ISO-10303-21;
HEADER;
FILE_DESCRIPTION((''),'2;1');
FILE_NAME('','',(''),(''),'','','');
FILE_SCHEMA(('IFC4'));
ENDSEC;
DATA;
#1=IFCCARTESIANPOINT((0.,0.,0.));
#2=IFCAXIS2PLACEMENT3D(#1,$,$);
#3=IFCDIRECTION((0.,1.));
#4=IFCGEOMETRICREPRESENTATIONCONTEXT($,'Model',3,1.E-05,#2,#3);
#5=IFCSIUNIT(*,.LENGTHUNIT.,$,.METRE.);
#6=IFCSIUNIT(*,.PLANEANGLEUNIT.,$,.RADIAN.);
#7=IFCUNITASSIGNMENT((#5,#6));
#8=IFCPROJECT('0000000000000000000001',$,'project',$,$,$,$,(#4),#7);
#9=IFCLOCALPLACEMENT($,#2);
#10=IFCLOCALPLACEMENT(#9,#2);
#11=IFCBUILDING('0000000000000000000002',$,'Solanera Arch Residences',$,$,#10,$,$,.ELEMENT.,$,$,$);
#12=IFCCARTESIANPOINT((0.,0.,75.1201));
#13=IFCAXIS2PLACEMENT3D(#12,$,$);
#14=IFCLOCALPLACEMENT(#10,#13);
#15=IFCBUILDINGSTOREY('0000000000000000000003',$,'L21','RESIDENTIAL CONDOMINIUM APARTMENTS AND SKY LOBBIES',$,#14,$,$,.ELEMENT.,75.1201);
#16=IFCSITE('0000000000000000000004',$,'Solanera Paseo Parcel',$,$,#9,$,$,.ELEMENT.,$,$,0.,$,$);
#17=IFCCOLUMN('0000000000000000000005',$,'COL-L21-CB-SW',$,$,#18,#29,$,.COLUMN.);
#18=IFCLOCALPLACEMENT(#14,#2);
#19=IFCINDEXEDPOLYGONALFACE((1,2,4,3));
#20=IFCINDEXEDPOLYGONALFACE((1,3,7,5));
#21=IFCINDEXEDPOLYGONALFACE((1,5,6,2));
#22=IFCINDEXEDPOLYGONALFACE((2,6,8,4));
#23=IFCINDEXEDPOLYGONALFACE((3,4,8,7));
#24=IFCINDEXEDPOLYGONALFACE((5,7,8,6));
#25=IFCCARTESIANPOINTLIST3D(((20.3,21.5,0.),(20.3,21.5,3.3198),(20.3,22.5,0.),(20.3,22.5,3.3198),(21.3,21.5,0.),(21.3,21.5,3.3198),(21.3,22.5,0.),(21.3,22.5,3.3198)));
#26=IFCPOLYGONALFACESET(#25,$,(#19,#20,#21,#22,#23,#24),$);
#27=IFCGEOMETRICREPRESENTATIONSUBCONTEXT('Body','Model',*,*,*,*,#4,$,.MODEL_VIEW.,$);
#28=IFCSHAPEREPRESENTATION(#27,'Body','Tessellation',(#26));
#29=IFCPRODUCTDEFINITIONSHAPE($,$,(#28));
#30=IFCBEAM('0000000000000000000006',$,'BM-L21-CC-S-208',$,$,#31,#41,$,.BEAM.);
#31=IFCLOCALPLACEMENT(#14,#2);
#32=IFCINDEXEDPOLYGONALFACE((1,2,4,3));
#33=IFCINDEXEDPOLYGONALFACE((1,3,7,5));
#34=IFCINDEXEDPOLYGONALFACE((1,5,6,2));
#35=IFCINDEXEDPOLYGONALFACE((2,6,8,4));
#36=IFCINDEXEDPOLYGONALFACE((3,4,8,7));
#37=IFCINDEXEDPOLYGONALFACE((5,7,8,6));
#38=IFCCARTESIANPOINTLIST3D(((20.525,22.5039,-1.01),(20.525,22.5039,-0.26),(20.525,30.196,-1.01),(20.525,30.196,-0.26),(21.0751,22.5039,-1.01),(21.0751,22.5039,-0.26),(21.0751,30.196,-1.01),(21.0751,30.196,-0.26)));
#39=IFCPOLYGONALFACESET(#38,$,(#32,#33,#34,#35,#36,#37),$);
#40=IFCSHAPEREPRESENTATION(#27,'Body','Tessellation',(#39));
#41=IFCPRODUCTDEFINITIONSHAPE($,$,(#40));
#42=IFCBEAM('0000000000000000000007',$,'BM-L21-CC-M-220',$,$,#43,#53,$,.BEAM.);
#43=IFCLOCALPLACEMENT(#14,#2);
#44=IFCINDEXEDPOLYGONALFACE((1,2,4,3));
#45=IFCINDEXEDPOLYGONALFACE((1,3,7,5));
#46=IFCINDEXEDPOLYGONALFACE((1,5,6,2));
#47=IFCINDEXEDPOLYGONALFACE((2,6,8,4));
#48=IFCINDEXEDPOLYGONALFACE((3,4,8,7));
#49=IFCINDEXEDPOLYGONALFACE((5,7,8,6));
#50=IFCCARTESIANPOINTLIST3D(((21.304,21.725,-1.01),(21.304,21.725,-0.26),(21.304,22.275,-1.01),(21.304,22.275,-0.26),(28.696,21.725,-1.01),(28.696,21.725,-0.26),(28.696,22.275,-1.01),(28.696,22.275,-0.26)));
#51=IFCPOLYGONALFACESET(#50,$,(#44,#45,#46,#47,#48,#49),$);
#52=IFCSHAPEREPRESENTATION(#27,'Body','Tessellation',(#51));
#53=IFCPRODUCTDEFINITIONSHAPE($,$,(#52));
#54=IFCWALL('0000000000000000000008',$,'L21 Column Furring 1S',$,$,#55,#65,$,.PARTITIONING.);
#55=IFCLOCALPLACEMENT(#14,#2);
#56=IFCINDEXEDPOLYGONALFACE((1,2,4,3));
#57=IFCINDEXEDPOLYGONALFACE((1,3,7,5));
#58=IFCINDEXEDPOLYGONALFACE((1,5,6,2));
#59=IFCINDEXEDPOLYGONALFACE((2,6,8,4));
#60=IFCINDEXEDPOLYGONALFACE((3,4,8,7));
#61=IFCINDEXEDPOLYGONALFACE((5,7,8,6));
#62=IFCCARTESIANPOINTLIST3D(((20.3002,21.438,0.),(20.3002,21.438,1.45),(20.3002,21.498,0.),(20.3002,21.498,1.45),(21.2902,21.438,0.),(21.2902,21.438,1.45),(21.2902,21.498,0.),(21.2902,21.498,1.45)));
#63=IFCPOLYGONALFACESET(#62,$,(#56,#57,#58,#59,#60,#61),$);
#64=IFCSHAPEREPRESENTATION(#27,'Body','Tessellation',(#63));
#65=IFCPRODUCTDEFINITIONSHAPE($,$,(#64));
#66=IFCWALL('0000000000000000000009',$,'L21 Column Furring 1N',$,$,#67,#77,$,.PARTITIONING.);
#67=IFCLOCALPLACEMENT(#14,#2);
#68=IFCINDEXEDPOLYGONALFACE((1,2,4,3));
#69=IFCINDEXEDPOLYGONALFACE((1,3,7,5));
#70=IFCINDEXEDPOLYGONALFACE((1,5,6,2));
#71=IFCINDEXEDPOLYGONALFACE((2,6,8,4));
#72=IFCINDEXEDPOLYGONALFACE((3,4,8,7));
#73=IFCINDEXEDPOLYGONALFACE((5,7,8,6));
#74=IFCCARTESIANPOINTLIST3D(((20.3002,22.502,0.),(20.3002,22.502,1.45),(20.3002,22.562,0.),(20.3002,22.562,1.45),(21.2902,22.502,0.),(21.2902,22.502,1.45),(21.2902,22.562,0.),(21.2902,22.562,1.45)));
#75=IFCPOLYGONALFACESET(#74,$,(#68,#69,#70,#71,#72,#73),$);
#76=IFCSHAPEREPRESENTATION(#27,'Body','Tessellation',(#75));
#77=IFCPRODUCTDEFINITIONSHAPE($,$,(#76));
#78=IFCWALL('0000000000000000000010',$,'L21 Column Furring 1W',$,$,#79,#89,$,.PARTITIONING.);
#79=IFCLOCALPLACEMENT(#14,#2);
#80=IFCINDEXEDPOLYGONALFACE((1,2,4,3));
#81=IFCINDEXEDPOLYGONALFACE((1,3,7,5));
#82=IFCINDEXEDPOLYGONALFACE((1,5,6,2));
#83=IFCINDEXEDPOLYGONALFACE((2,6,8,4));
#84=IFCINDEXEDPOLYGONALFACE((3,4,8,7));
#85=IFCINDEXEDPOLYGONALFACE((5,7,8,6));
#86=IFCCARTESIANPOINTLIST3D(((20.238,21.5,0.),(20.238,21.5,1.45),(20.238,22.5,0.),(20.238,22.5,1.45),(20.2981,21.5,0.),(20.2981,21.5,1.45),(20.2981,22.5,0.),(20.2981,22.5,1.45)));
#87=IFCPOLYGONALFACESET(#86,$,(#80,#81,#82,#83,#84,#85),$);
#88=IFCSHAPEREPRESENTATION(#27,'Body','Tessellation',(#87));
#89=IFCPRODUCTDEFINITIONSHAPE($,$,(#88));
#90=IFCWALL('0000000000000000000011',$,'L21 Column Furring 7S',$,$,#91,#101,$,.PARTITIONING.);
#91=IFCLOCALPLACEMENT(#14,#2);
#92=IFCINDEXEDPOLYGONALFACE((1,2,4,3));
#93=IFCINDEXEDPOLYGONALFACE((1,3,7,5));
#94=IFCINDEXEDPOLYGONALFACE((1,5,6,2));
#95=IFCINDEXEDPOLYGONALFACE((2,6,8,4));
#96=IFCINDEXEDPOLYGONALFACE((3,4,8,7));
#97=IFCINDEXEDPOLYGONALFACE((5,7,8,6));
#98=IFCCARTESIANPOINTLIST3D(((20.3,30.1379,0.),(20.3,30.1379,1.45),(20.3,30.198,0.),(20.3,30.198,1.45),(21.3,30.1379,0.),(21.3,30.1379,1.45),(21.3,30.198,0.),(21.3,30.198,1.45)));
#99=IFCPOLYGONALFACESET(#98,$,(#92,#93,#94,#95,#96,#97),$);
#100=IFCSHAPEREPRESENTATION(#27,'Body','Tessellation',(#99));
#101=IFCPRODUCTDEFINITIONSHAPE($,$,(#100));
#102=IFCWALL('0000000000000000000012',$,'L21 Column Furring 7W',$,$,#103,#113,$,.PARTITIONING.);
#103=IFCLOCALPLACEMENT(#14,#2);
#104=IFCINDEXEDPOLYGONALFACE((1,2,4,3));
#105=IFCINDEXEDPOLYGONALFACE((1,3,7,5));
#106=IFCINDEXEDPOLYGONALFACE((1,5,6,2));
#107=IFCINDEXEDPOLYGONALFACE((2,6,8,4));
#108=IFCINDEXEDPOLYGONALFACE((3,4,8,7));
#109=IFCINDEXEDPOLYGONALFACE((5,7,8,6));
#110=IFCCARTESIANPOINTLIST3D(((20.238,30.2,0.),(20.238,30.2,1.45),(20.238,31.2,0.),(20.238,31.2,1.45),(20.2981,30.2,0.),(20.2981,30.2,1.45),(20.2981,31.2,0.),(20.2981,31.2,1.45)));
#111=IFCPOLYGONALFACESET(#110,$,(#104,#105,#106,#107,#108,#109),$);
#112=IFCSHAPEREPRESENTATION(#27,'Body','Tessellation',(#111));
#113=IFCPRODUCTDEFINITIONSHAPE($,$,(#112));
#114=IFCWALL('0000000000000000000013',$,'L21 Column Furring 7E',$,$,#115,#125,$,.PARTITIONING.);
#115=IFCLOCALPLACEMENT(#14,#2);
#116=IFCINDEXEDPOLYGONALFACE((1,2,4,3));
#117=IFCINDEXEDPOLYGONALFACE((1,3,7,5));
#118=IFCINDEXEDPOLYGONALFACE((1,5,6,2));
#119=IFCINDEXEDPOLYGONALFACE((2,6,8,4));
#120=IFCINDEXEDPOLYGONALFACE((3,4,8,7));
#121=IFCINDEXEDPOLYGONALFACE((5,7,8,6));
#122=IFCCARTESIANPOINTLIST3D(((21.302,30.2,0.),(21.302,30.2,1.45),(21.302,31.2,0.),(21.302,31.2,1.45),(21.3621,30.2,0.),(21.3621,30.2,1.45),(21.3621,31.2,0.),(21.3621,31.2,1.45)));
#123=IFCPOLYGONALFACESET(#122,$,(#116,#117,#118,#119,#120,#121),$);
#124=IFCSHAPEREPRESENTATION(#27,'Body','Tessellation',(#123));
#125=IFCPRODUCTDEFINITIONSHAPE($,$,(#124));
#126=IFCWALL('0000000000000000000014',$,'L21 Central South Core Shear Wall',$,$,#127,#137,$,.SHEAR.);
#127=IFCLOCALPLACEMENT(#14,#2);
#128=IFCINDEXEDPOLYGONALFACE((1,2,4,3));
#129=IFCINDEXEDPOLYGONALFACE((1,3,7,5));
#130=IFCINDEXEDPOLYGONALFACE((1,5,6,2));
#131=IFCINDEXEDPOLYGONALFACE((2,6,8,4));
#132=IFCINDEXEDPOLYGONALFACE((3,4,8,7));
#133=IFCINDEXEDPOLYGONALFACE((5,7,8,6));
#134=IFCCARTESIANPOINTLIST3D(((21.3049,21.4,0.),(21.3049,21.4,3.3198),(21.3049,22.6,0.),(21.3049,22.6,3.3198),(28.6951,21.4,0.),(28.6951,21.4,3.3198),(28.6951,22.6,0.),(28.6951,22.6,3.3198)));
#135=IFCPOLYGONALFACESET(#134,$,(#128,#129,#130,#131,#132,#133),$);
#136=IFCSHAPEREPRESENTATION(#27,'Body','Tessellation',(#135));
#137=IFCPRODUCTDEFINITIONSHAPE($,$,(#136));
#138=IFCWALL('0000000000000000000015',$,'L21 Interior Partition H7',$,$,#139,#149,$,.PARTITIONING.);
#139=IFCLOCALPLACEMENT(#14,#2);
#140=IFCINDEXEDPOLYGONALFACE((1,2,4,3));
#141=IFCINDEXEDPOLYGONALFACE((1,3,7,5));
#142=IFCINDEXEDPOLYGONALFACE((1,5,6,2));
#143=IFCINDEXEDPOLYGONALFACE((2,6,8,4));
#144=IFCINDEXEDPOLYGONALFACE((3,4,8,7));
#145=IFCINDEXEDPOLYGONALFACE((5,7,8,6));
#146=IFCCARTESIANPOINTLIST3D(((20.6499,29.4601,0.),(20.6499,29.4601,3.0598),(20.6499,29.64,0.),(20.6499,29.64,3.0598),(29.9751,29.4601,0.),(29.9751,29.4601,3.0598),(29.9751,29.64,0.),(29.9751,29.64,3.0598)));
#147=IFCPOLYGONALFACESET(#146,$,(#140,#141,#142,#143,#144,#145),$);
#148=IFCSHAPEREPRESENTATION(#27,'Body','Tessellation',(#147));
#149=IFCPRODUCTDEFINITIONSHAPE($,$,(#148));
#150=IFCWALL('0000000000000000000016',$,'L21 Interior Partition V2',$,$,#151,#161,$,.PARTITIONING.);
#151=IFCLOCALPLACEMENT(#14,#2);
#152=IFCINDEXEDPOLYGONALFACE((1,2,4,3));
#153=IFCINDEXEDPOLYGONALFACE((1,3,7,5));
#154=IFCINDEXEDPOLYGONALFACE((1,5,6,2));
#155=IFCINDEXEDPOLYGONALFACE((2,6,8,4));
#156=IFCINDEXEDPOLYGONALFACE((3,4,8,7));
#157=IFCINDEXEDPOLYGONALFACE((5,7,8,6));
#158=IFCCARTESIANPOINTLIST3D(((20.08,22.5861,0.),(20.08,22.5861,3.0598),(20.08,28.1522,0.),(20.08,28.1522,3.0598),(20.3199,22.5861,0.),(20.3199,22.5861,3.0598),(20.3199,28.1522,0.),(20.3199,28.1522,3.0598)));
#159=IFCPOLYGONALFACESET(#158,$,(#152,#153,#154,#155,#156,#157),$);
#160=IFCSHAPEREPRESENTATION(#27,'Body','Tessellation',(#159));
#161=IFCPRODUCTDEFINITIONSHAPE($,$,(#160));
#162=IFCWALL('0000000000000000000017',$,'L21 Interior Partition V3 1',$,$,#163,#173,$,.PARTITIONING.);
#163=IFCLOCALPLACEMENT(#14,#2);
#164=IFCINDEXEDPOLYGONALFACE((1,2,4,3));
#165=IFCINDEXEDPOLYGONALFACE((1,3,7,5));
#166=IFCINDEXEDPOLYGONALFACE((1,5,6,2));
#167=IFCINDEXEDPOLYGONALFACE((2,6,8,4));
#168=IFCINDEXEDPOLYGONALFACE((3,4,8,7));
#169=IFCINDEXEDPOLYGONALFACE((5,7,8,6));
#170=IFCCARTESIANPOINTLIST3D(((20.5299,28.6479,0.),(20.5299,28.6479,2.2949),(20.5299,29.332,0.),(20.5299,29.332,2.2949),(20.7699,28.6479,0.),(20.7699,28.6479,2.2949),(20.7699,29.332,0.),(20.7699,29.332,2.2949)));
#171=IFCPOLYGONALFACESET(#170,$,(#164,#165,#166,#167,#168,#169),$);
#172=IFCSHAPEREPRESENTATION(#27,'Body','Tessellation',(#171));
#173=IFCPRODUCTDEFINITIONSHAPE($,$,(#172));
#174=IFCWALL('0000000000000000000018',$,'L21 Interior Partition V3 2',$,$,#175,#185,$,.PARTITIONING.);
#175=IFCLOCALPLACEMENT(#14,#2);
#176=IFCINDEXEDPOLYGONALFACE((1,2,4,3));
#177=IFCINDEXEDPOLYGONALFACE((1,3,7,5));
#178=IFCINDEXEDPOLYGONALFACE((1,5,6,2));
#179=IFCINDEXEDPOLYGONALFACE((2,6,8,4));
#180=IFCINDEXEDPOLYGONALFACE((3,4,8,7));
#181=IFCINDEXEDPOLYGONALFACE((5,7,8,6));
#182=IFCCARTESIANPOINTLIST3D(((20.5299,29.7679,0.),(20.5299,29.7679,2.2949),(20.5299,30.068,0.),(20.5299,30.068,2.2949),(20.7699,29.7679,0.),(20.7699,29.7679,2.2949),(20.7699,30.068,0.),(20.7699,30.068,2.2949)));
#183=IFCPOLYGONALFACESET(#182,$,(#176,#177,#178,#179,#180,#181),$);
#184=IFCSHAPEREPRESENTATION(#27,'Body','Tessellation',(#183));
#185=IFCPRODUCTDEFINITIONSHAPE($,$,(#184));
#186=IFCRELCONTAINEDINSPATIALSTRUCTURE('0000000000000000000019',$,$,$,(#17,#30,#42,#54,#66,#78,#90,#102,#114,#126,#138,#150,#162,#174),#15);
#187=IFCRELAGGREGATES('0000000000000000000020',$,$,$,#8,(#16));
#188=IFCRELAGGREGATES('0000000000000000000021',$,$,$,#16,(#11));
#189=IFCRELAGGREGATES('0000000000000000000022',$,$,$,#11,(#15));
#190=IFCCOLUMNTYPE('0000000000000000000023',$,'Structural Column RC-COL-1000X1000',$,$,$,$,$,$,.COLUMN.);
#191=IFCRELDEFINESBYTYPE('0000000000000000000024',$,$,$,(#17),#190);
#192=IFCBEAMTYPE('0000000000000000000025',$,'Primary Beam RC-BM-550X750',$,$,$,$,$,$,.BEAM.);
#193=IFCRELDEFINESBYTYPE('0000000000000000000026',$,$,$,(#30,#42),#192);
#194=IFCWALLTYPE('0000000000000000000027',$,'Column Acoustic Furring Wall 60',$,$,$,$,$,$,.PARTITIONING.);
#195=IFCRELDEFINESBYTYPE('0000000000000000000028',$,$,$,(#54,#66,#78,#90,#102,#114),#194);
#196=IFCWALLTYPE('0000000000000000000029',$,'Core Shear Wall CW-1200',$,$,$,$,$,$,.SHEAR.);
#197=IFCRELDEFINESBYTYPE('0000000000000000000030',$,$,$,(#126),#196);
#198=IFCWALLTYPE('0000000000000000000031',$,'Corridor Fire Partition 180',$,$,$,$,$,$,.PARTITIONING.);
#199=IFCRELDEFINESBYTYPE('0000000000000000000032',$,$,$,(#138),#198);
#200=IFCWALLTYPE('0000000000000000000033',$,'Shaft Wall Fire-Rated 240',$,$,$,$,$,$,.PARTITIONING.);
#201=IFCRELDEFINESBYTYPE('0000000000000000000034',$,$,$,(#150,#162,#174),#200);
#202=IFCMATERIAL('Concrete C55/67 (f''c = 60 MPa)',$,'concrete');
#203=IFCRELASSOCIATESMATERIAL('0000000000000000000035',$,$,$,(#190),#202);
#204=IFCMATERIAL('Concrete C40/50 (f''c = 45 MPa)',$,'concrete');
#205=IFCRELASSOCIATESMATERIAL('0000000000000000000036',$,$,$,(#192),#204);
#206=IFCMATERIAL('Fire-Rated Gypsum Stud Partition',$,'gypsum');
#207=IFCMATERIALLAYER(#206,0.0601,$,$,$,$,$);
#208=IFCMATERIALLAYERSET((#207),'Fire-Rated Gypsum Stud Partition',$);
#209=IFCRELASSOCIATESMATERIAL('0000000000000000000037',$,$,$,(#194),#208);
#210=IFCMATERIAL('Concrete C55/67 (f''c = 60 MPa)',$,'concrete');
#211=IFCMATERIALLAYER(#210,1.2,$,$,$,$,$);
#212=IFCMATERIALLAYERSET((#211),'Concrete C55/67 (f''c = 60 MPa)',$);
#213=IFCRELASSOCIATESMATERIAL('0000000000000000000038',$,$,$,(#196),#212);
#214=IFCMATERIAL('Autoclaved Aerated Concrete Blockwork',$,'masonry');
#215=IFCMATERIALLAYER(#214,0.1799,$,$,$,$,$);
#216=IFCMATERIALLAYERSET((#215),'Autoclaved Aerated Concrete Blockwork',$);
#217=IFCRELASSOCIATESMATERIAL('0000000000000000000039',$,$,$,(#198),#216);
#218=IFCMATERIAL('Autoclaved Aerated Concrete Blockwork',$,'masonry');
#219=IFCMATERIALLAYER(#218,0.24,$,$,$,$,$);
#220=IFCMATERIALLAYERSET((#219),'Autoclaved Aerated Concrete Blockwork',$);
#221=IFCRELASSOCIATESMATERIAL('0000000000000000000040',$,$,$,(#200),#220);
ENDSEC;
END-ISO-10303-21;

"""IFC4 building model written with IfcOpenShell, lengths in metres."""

from ifc_helpers import new_model, si_unit, direction, frame, frame_2d, origin, origin_2d, place, context, subcontext, project, spatial, rectangle, extrude, material, layer, layer_set, material_profile, profile_set, type_object, element, save


model = new_model("IFC4")

# Units and contexts
model_context = context("Model", 3, precision=1e-05, world=origin(), true_north=direction((0.0, 1.0)))
body_context = subcontext(model_context, "Body", "Model", "MODEL_VIEW")
ifc_project = project(units=[si_unit("LENGTHUNIT", "METRE"), si_unit("PLANEANGLEUNIT", "RADIAN")], contexts=[model_context])

# Site, building, storey
site_placement = place(None, origin())
site = spatial("IfcSite", under=ifc_project, at=site_placement, Name="Solanera Paseo Parcel", CompositionType="ELEMENT", RefElevation=0.0)
building_placement = place(site_placement, origin())
building = spatial("IfcBuilding", under=site, at=building_placement, Name="Solanera Arch Residences", CompositionType="ELEMENT")
storey_placement = place(building_placement, frame((0.0, 0.0, 75.1201)))
storey = spatial("IfcBuildingStorey", under=building, at=storey_placement, Name="L21", Description="RESIDENTIAL CONDOMINIUM APARTMENTS AND SKY LOBBIES", CompositionType="ELEMENT", Elevation=75.1201)

# Column
ifc_material_1 = material(Name="Concrete C55/67 (f'c = 60 MPa)", Category="concrete")
ifc_material_profile_1 = material_profile(ifc_material_1, rectangle(XDim=1.0, YDim=1.0, at=origin_2d()))
ifc_profile_set_1 = profile_set([ifc_material_profile_1], Name="Concrete C55/67 (f'c = 60 MPa)")
column_type = type_object("IfcColumnType", Name="Structural Column RC-COL-1000X1000", PredefinedType="COLUMN", material=ifc_profile_set_1)
column_placement = place(storey_placement, frame((20.8, 22.0, 0.0), z_axis=(0.0, 0.0, 1.0), x_axis=(1.0, 0.0, 0.0)))
element("IfcColumn", 1, at=column_placement, inside=storey, type_object=column_type, Name="COL-L21-CB-SW", PredefinedType="COLUMN", context=body_context, shape_type="SweptSolid", body=[
    extrude(rectangle(XDim=1.0, YDim=1.0, at=origin_2d()), origin(), (0.0, 0.0, 1.0), 3.3198),
])

# Beams
ifc_material_2 = material(Name="Concrete C40/50 (f'c = 45 MPa)", Category="concrete")
ifc_material_profile_2 = material_profile(ifc_material_2, rectangle(XDim=0.55, YDim=0.75, at=origin_2d()))
ifc_profile_set_2 = profile_set([ifc_material_profile_2], Name="Concrete C40/50 (f'c = 45 MPa)")
beam_type = type_object("IfcBeamType", Name="Primary Beam RC-BM-550X750", PredefinedType="BEAM", material=ifc_profile_set_2)
beam_1_placement = place(storey_placement, frame((20.8, 22.5039, -0.635), z_axis=(0.0, 1.0, 0.0), x_axis=(-1.0, 0.0, 0.0)))
element("IfcBeam", 2, at=beam_1_placement, inside=storey, type_object=beam_type, Name="BM-L21-CC-S-208", PredefinedType="BEAM", context=body_context, shape_type="SweptSolid", body=[
    extrude(rectangle(XDim=0.55, YDim=0.75, at=origin_2d()), origin(), (0.0, 0.0, 1.0), 7.6921),
])
beam_2_placement = place(storey_placement, frame((21.304, 22.0, -0.635), z_axis=(1.0, 0.0, 0.0), x_axis=(0.0, 1.0, 0.0)))
element("IfcBeam", 3, at=beam_2_placement, inside=storey, type_object=beam_type, Name="BM-L21-CC-M-220", PredefinedType="BEAM", context=body_context, shape_type="SweptSolid", body=[
    extrude(rectangle(XDim=0.55, YDim=0.75, at=origin_2d()), origin(), (0.0, 0.0, 1.0), 7.3921),
])

# Walls
ifc_material_3 = material(Name="Fire-Rated Gypsum Stud Partition", Category="gypsum")
ifc_layer_1 = layer(ifc_material_3, 0.0601)
ifc_layer_set_1 = layer_set([ifc_layer_1], Name="Fire-Rated Gypsum Stud Partition")
wall_type_1 = type_object("IfcWallType", Name="Column Acoustic Furring Wall 60", PredefinedType="PARTITIONING", material=ifc_layer_set_1)
for number, where, z_axis, x_axis, name in (
    (4, (20.3, 21.468, 0.0), (0.0, 0.0, 1.0), (1.0, 0.0, 0.0), "L21 Column Furring 1S"),
    (5, (20.3, 22.532, 0.0), (0.0, 0.0, 1.0), (1.0, 0.0, 0.0), "L21 Column Furring 1N"),
):
    element("IfcWall", number, at=place(storey_placement, frame(where, z_axis=z_axis, x_axis=x_axis)), inside=storey, type_object=wall_type_1, Name=name, PredefinedType="PARTITIONING", context=body_context, shape_type="SweptSolid", body=[
        extrude(rectangle(XDim=0.99, YDim=0.0601, at=frame_2d((0.4951, 0.0))), origin(), (0.0, 0.0, 1.0), 1.45),
    ])
for number, where, z_axis, x_axis, name in (
    (6, (20.2681, 21.5, 0.0), (0.0, 0.0, 1.0), (0.0, 1.0, 0.0), "L21 Column Furring 1W"),
    (7, (20.3, 30.168, 0.0), (0.0, 0.0, 1.0), (1.0, 0.0, 0.0), "L21 Column Furring 7S"),
    (8, (20.2681, 30.2, 0.0), (0.0, 0.0, 1.0), (0.0, 1.0, 0.0), "L21 Column Furring 7W"),
    (9, (21.332, 30.2, 0.0), (0.0, 0.0, 1.0), (0.0, 1.0, 0.0), "L21 Column Furring 7E"),
):
    element("IfcWall", number, at=place(storey_placement, frame(where, z_axis=z_axis, x_axis=x_axis)), inside=storey, type_object=wall_type_1, Name=name, PredefinedType="PARTITIONING", context=body_context, shape_type="SweptSolid", body=[
        extrude(rectangle(XDim=1.0, YDim=0.0601, at=frame_2d((0.5, 0.0))), origin(), (0.0, 0.0, 1.0), 1.45),
    ])
ifc_material_4 = material(Name="Concrete C55/67 (f'c = 60 MPa)", Category="concrete")
ifc_layer_2 = layer(ifc_material_4, 1.2)
ifc_layer_set_2 = layer_set([ifc_layer_2], Name="Concrete C55/67 (f'c = 60 MPa)")
wall_type_2 = type_object("IfcWallType", Name="Core Shear Wall CW-1200", PredefinedType="SHEAR", material=ifc_layer_set_2)
wall_1_placement = place(storey_placement, frame((21.3049, 22.0, 0.0), z_axis=(0.0, 0.0, 1.0), x_axis=(1.0, 0.0, 0.0)))
element("IfcWall", 10, at=wall_1_placement, inside=storey, type_object=wall_type_2, Name="L21 Central South Core Shear Wall", PredefinedType="SHEAR", context=body_context, shape_type="SweptSolid", body=[
    extrude(rectangle(XDim=7.3901, YDim=1.2, at=frame_2d((3.6951, 0.0))), origin(), (0.0, 0.0, 1.0), 3.3198),
])

# Wall
ifc_material_5 = material(Name="Autoclaved Aerated Concrete Blockwork", Category="masonry")
ifc_layer_3 = layer(ifc_material_5, 0.1799)
ifc_layer_set_3 = layer_set([ifc_layer_3], Name="Autoclaved Aerated Concrete Blockwork")
wall_type_3 = type_object("IfcWallType", Name="Corridor Fire Partition 180", PredefinedType="PARTITIONING", material=ifc_layer_set_3)
wall_2_placement = place(storey_placement, frame((20.6499, 29.55, 0.0), z_axis=(0.0, 0.0, 1.0), x_axis=(1.0, 0.0, 0.0)))
element("IfcWall", 11, at=wall_2_placement, inside=storey, type_object=wall_type_3, Name="L21 Interior Partition H7", PredefinedType="PARTITIONING", context=body_context, shape_type="SweptSolid", body=[
    extrude(rectangle(XDim=9.3252, YDim=0.1799, at=frame_2d((4.6626, 0.0))), origin(), (0.0, 0.0, 1.0), 3.0598),
])

# Shared definitions
ifc_material_6 = material(Name="Autoclaved Aerated Concrete Blockwork", Category="masonry")
ifc_layer_4 = layer(ifc_material_6, 0.24)
ifc_layer_set_4 = layer_set([ifc_layer_4], Name="Autoclaved Aerated Concrete Blockwork")
wall_type_4 = type_object("IfcWallType", Name="Shaft Wall Fire-Rated 240", PredefinedType="PARTITIONING", material=ifc_layer_set_4)

# Walls
wall_3_placement = place(storey_placement, frame((20.2, 22.5859, 0.0), z_axis=(0.0, 0.0, 1.0), x_axis=(0.0, 1.0, 0.0)))
element("IfcWall", 12, at=wall_3_placement, inside=storey, type_object=wall_type_4, Name="L21 Interior Partition V2", PredefinedType="PARTITIONING", context=body_context, shape_type="SweptSolid", body=[
    extrude(rectangle(XDim=5.5662, YDim=0.24, at=frame_2d((2.7832, 0.0))), origin(), (0.0, 0.0, 1.0), 3.0598),
])
wall_4_placement = place(storey_placement, frame((20.6499, 28.6479, 0.0), z_axis=(0.0, 0.0, 1.0), x_axis=(0.0, 1.0, 0.0)))
element("IfcWall", 13, at=wall_4_placement, inside=storey, type_object=wall_type_4, Name="L21 Interior Partition V3 1", PredefinedType="PARTITIONING", context=body_context, shape_type="SweptSolid", body=[
    extrude(rectangle(XDim=0.6841, YDim=0.24, at=frame_2d((0.342, 0.0))), origin(), (0.0, 0.0, 1.0), 2.2949),
])
wall_5_placement = place(storey_placement, frame((20.6499, 29.7681, 0.0), z_axis=(0.0, 0.0, 1.0), x_axis=(0.0, 1.0, 0.0)))
element("IfcWall", 14, at=wall_5_placement, inside=storey, type_object=wall_type_4, Name="L21 Interior Partition V3 2", PredefinedType="PARTITIONING", context=body_context, shape_type="SweptSolid", body=[
    extrude(rectangle(XDim=0.3, YDim=0.24, at=frame_2d((0.1499, 0.0))), origin(), (0.0, 0.0, 1.0), 2.2949),
])

save(model, "model.ifc")
